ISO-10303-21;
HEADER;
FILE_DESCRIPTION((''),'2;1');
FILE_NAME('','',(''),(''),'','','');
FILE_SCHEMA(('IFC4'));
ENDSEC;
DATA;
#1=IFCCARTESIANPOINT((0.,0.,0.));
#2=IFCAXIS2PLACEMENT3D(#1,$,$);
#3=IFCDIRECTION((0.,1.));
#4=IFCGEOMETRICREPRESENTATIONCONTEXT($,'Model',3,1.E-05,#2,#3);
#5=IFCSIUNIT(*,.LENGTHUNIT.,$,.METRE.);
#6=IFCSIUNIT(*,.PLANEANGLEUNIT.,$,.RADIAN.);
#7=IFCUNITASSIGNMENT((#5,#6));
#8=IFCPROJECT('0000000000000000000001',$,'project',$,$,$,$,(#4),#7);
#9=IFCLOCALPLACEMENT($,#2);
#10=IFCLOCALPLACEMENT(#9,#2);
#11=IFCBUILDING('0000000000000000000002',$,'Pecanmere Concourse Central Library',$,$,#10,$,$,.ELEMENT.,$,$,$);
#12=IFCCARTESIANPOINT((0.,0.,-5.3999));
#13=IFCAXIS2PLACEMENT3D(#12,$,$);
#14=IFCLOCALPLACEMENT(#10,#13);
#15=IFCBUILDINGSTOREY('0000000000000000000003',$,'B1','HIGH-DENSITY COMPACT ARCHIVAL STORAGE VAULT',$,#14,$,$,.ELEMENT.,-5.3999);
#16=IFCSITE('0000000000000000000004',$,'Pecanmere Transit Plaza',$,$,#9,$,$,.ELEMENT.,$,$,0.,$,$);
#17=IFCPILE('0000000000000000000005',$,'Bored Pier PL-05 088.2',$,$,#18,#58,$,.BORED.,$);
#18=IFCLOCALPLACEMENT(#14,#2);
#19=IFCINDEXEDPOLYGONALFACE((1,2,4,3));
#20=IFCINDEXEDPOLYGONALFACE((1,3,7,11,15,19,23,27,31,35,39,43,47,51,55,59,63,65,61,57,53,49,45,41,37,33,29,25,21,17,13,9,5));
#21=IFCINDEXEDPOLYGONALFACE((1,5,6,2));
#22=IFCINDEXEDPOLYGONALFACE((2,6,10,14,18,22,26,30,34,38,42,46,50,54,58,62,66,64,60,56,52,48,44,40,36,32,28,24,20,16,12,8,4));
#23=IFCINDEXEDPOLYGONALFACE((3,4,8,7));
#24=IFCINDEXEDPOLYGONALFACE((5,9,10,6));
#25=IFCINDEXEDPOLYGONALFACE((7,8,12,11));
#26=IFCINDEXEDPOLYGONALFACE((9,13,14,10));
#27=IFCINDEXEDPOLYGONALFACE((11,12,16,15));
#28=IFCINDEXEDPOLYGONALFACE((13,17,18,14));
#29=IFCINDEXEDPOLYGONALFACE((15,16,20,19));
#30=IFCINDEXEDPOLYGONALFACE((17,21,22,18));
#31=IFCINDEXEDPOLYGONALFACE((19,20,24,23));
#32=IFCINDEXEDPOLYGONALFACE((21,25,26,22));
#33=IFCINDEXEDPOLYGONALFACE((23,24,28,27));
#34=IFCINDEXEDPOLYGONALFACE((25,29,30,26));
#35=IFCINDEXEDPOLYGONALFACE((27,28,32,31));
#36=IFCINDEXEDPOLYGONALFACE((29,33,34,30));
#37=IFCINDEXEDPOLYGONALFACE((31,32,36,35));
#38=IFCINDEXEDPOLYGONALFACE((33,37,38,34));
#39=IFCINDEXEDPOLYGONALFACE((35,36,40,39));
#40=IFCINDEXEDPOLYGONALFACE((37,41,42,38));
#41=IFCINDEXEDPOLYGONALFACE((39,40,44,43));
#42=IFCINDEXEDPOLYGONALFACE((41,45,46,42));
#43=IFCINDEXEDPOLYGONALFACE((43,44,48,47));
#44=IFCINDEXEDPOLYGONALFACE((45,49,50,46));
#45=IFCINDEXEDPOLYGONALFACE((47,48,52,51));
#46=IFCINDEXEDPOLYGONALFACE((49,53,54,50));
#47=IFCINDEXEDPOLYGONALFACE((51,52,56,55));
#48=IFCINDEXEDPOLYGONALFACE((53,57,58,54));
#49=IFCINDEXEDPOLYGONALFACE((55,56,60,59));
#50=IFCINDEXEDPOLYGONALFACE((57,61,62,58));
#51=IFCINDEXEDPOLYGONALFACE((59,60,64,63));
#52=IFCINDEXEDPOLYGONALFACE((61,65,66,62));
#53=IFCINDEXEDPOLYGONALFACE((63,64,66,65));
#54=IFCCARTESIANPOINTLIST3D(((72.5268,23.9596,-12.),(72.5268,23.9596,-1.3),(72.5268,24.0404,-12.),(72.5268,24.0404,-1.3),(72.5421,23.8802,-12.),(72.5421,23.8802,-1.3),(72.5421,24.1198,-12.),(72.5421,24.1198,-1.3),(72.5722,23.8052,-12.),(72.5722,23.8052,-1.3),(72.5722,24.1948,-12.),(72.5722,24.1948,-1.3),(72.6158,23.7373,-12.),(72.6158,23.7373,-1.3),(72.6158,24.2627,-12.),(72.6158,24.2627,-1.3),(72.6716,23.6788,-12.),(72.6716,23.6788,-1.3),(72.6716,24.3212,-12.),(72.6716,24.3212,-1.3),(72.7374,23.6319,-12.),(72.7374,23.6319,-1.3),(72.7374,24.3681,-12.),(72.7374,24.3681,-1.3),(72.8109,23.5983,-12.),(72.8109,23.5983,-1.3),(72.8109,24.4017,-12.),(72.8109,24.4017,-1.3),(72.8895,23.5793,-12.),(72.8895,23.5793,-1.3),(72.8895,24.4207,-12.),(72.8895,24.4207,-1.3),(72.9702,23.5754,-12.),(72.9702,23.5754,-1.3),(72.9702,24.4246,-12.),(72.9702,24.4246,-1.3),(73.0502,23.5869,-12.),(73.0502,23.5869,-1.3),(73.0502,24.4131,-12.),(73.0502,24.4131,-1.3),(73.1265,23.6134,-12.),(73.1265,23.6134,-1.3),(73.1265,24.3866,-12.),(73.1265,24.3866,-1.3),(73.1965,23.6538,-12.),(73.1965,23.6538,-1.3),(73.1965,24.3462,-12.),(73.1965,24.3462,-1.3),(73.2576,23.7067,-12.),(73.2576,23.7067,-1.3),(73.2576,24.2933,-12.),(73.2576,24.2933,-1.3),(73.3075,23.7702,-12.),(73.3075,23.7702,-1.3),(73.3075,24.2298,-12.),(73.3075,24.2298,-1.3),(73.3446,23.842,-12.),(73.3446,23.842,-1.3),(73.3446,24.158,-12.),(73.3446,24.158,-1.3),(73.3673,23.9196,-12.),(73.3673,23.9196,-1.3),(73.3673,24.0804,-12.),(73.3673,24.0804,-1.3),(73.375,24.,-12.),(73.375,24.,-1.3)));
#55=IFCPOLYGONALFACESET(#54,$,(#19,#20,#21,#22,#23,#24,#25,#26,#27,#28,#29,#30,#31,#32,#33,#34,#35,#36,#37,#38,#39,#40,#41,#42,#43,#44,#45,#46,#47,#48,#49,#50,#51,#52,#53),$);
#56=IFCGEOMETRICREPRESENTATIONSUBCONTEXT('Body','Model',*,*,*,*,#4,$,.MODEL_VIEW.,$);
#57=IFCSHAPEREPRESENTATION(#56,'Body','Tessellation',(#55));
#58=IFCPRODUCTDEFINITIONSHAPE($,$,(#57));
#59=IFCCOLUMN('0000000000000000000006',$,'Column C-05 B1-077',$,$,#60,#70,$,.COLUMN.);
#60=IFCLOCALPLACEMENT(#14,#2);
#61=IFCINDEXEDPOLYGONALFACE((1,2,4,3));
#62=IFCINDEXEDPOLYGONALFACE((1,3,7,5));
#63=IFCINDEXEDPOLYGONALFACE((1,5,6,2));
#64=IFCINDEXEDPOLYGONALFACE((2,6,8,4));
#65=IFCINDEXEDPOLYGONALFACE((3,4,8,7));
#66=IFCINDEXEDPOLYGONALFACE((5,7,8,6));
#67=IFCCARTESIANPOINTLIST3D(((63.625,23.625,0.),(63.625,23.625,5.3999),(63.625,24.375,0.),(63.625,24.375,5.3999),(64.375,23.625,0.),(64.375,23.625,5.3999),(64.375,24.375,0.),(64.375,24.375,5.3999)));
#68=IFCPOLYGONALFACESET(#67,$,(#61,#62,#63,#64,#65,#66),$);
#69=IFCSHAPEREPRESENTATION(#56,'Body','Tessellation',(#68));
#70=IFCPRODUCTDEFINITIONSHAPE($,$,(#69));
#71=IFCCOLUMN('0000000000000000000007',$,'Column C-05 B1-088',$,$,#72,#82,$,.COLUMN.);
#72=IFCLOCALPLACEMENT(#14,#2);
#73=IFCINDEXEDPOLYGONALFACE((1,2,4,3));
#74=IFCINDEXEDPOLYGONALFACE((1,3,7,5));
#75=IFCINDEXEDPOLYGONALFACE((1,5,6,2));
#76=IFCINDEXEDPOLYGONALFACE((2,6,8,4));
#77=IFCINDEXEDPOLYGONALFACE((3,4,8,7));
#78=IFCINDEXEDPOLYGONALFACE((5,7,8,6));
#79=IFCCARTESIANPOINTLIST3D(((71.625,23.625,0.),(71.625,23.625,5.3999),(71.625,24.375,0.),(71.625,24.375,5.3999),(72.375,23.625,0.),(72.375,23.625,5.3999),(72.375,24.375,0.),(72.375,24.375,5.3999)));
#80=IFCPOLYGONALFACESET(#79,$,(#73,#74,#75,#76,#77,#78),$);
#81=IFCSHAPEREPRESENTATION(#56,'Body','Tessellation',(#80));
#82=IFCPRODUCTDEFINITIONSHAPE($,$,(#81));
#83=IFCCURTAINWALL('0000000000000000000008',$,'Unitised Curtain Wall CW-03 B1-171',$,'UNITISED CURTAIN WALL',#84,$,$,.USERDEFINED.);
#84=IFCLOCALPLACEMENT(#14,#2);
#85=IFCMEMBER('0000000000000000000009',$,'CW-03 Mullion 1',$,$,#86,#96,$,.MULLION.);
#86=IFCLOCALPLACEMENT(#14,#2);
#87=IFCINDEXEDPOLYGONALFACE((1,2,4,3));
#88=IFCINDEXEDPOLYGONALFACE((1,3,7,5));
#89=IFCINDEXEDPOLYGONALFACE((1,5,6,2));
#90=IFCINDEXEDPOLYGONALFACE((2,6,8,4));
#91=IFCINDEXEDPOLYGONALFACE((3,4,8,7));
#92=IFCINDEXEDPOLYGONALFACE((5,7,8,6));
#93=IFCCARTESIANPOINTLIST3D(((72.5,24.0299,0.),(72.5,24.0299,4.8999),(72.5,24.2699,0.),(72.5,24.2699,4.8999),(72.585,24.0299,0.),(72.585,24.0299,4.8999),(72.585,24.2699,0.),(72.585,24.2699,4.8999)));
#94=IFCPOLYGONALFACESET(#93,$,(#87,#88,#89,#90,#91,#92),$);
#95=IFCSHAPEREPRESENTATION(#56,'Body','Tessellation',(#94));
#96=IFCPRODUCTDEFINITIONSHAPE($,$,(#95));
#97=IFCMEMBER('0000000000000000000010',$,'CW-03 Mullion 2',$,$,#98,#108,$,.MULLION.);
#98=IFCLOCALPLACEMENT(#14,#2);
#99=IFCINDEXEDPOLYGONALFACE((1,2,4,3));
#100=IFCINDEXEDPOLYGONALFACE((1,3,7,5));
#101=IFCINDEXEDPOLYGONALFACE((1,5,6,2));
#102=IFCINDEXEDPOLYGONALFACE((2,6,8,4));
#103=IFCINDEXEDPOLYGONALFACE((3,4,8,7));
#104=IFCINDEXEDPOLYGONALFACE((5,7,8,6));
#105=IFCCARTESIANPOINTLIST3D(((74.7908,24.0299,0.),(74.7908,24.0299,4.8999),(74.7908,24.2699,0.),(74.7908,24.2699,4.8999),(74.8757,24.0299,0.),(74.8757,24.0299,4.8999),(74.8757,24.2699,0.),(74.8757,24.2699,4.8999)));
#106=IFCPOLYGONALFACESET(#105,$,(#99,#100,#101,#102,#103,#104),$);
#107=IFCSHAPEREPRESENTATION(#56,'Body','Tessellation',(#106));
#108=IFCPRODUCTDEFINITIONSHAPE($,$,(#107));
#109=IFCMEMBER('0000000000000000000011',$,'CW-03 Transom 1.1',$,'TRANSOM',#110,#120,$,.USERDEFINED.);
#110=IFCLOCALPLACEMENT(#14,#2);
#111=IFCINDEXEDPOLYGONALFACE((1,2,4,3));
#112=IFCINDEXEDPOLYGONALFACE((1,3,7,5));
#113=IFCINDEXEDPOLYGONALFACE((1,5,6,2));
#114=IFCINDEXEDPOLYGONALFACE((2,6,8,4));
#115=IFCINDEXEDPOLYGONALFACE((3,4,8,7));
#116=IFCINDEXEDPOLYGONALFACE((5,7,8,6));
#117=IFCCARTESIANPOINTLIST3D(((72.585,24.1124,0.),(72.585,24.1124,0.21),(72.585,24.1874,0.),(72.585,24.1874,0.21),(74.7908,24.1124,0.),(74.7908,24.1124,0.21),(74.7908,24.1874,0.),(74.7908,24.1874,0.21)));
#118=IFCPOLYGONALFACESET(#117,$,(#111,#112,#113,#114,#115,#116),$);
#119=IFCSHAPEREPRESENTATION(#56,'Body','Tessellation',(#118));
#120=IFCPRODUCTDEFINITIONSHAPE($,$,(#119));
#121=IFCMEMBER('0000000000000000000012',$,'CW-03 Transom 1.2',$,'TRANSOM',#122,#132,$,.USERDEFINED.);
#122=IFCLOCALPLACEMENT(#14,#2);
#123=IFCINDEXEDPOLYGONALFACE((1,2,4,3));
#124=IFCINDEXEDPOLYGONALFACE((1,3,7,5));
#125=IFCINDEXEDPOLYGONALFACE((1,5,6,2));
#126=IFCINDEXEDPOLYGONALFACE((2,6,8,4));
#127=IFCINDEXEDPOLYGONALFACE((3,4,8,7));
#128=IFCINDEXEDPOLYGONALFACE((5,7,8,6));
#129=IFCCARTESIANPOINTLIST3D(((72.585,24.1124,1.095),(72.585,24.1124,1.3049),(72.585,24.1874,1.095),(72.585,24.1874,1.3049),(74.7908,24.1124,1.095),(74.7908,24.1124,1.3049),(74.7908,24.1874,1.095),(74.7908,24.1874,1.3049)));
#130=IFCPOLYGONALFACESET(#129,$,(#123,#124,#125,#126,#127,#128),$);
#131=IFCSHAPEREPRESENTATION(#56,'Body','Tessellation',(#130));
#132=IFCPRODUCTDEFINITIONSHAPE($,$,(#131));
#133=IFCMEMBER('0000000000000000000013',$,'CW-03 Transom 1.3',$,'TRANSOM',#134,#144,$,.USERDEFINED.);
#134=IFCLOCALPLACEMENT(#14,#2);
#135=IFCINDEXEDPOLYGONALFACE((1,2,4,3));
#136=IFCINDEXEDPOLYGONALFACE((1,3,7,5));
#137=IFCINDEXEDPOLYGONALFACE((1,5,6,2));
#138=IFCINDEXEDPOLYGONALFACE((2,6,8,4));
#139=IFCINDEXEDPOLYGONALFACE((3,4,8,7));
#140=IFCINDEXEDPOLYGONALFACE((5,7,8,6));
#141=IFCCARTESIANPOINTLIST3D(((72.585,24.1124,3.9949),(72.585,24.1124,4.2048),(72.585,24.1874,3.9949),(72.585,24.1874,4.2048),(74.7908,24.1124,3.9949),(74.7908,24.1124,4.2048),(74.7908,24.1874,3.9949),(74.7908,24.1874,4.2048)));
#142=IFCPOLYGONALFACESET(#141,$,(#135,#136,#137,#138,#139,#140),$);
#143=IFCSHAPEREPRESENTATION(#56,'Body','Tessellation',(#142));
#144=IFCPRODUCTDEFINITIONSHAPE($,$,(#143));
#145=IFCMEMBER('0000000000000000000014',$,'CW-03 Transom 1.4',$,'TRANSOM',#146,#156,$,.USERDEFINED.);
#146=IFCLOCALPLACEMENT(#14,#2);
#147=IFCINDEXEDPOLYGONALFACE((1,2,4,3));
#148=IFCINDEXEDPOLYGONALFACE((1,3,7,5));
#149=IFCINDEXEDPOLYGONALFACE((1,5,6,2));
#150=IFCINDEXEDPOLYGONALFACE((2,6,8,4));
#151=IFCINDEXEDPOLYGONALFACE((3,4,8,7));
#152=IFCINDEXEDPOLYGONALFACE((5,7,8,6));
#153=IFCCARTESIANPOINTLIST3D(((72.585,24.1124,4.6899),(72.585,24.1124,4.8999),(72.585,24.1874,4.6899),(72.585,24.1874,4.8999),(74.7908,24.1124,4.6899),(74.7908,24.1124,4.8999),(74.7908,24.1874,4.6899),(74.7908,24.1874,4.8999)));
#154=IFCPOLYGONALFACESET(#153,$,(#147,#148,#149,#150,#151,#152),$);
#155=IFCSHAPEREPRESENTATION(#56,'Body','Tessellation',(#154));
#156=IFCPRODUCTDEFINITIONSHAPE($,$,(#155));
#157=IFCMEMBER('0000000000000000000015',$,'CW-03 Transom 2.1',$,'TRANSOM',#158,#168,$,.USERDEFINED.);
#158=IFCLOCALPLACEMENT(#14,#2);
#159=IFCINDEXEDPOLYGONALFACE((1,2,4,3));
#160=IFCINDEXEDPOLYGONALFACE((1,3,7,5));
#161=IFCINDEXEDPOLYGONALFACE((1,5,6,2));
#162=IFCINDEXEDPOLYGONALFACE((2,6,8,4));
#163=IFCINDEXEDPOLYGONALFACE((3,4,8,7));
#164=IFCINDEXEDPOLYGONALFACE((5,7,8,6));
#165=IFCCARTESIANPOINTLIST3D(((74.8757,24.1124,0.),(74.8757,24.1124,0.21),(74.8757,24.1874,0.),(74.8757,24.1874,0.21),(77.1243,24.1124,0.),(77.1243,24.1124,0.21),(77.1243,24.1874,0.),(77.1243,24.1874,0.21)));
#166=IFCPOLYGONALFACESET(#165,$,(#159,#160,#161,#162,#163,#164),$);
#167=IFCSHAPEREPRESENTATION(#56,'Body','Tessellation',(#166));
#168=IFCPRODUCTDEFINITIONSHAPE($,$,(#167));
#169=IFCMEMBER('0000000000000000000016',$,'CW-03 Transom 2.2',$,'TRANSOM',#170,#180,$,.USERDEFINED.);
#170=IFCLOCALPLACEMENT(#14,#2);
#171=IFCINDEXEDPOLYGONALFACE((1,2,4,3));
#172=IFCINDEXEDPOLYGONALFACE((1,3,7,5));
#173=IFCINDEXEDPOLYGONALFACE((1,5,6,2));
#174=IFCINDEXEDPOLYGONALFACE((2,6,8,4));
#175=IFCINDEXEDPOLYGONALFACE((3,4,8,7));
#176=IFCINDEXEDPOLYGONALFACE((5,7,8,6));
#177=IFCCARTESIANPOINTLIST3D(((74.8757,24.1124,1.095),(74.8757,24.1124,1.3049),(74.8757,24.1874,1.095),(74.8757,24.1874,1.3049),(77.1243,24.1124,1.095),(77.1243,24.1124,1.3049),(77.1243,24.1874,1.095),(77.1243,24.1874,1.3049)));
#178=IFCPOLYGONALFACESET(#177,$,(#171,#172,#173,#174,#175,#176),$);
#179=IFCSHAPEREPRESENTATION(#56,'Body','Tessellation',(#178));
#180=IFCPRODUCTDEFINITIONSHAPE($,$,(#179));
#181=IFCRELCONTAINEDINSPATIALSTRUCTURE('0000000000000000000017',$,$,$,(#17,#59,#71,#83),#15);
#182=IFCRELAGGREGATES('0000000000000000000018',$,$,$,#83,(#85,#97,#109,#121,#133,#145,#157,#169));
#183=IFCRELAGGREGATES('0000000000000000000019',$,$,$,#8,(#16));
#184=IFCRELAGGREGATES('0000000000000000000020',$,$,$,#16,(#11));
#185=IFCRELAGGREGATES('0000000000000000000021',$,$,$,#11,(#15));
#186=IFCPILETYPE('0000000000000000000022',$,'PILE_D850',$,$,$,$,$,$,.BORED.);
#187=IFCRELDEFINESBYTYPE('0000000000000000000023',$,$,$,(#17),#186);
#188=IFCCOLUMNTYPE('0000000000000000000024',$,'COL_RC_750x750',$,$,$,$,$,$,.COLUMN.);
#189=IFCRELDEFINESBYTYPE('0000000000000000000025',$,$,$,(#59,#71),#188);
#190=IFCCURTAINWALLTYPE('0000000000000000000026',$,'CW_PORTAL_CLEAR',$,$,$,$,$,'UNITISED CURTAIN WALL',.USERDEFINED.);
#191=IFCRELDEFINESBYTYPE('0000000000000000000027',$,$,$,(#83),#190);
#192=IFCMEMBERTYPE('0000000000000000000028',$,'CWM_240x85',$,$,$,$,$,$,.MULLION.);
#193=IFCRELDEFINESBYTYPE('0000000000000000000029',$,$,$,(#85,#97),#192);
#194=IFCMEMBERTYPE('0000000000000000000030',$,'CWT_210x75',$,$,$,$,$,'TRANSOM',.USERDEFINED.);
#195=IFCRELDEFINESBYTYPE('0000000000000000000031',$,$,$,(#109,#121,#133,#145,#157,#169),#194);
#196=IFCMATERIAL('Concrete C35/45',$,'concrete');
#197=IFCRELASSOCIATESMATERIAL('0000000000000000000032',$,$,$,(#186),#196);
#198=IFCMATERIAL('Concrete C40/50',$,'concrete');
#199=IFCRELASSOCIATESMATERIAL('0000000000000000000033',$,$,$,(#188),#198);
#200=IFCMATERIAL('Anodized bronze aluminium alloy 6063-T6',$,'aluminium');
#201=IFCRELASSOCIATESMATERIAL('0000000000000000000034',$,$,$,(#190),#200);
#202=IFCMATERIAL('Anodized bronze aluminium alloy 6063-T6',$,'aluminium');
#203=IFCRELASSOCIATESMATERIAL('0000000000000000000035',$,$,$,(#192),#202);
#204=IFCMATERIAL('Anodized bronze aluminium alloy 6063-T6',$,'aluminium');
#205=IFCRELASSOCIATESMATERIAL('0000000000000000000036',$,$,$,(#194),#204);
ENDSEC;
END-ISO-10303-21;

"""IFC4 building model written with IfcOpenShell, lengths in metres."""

from ifc_helpers import new_model, si_unit, direction, frame, origin, origin_2d, place, context, subcontext, project, spatial, rectangle, circle, extrude, material, material_profile, profile_set, type_object, element, aggregate, save


model = new_model("IFC4")

# Units and contexts
model_context = context("Model", 3, precision=1e-05, world=origin(), true_north=direction((0.0, 1.0)))
body_context = subcontext(model_context, "Body", "Model", "MODEL_VIEW")
ifc_project = project(units=[si_unit("LENGTHUNIT", "METRE"), si_unit("PLANEANGLEUNIT", "RADIAN")], contexts=[model_context])

# Site, building, storey
site_placement = place(None, origin())
site = spatial("IfcSite", under=ifc_project, at=site_placement, Name="Pecanmere Transit Plaza", CompositionType="ELEMENT", RefElevation=0.0)
building_placement = place(site_placement, origin())
building = spatial("IfcBuilding", under=site, at=building_placement, Name="Pecanmere Concourse Central Library", CompositionType="ELEMENT")
storey_placement = place(building_placement, frame((0.0, 0.0, -5.3999)))
storey = spatial("IfcBuildingStorey", under=building, at=storey_placement, Name="B1", Description="HIGH-DENSITY COMPACT ARCHIVAL STORAGE VAULT", CompositionType="ELEMENT", Elevation=-5.3999)

# Pile
ifc_material_1 = material(Name="Concrete C35/45", Category="concrete")
ifc_material_profile_1 = material_profile(ifc_material_1, circle(Radius=0.425, at=origin_2d()), Name="PIER D850")
ifc_profile_set_1 = profile_set([ifc_material_profile_1], Name="Concrete C35/45")
pile_type = type_object("IfcPileType", Name="PILE_D850", PredefinedType="BORED", material=ifc_profile_set_1)
for number, where, z_axis, x_axis, name in (
    (1, (72.95, 24.0, -1.3), (0.0, 0.0, -1.0), (1.0, 0.0, 0.0), "Bored Pier PL-05 088.2"),
):
    element("IfcPile", number, at=place(storey_placement, frame(where, z_axis=z_axis, x_axis=x_axis)), inside=storey, type_object=pile_type, Name=name, PredefinedType="BORED", context=body_context, shape_type="SweptSolid", body=[
        extrude(circle(Radius=0.425, at=origin_2d()), origin(), (0.0, 0.0, 1.0), 10.7),
    ])

# Columns
ifc_material_2 = material(Name="Concrete C40/50", Category="concrete")
ifc_material_profile_2 = material_profile(ifc_material_2, rectangle(XDim=0.75, YDim=0.75, at=origin_2d()), Name="RC 750x750")
ifc_profile_set_2 = profile_set([ifc_material_profile_2], Name="Concrete C40/50")
column_type = type_object("IfcColumnType", Name="COL_RC_750x750", PredefinedType="COLUMN", material=ifc_profile_set_2)
for number, where, z_axis, x_axis, name in (
    (2, (64.0, 24.0, 0.0), (0.0, 0.0, 1.0), (1.0, 0.0, 0.0), "Column C-05 B1-077"),
    (3, (72.0, 24.0, 0.0), (0.0, 0.0, 1.0), (1.0, 0.0, 0.0), "Column C-05 B1-088"),
):
    element("IfcColumn", number, at=place(storey_placement, frame(where, z_axis=z_axis, x_axis=x_axis)), inside=storey, type_object=column_type, Name=name, PredefinedType="COLUMN", context=body_context, shape_type="SweptSolid", body=[
        extrude(rectangle(XDim=0.75, YDim=0.75, at=origin_2d()), origin(), (0.0, 0.0, 1.0), 5.3999),
    ])

# Curtain wall, members
ifc_material_3 = material(Name="Anodized bronze aluminium alloy 6063-T6", Category="aluminium")
curtain_wall_type = type_object("IfcCurtainWallType", Name="CW_PORTAL_CLEAR", ElementType="UNITISED CURTAIN WALL", PredefinedType="USERDEFINED", material=ifc_material_3)
curtain_wall_placement = place(storey_placement, origin())
curtain_wall = element("IfcCurtainWall", 4, at=curtain_wall_placement, inside=storey, type_object=curtain_wall_type, Name="Unitised Curtain Wall CW-03 B1-171", ObjectType="UNITISED CURTAIN WALL", PredefinedType="USERDEFINED")
ifc_material_4 = material(Name="Anodized bronze aluminium alloy 6063-T6", Category="aluminium")
ifc_material_profile_3 = material_profile(ifc_material_4, rectangle(XDim=0.085, YDim=0.24, at=origin_2d()), Name="AL 85x240")
ifc_profile_set_3 = profile_set([ifc_material_profile_3], Name="Anodized bronze aluminium alloy 6063-T6")
member_type_1 = type_object("IfcMemberType", Name="CWM_240x85", PredefinedType="MULLION", material=ifc_profile_set_3)
member_1_placement = place(storey_placement, frame((72.5425, 24.1499, 0.0), z_axis=(0.0, 0.0, 1.0), x_axis=(1.0, 0.0, 0.0)))
member_1 = element("IfcMember", 5, at=member_1_placement, type_object=member_type_1, Name="CW-03 Mullion 1", PredefinedType="MULLION", context=body_context, shape_type="SweptSolid", body=[
    extrude(rectangle(XDim=0.085, YDim=0.24, at=origin_2d()), origin(), (0.0, 0.0, 1.0), 4.8999),
])
member_2_placement = place(storey_placement, frame((74.8333, 24.1499, 0.0), z_axis=(0.0, 0.0, 1.0), x_axis=(1.0, 0.0, 0.0)))
member_2 = element("IfcMember", 6, at=member_2_placement, type_object=member_type_1, Name="CW-03 Mullion 2", PredefinedType="MULLION", context=body_context, shape_type="SweptSolid", body=[
    extrude(rectangle(XDim=0.085, YDim=0.24, at=origin_2d()), origin(), (0.0, 0.0, 1.0), 4.8999),
])
ifc_material_5 = material(Name="Anodized bronze aluminium alloy 6063-T6", Category="aluminium")
ifc_material_profile_4 = material_profile(ifc_material_5, rectangle(XDim=0.075, YDim=0.21, at=origin_2d()), Name="AL 75x210")
ifc_profile_set_4 = profile_set([ifc_material_profile_4], Name="Anodized bronze aluminium alloy 6063-T6")
member_type_2 = type_object("IfcMemberType", Name="CWT_210x75", ElementType="TRANSOM", PredefinedType="USERDEFINED", material=ifc_profile_set_4)
member_3_placement = place(storey_placement, frame((72.585, 24.1499, 0.105), z_axis=(1.0, 0.0, 0.0), x_axis=(0.0, 1.0, 0.0)))
member_3 = element("IfcMember", 7, at=member_3_placement, type_object=member_type_2, Name="CW-03 Transom 1.1", ObjectType="TRANSOM", PredefinedType="USERDEFINED", context=body_context, shape_type="SweptSolid", body=[
    extrude(rectangle(XDim=0.075, YDim=0.21, at=origin_2d()), origin(), (0.0, 0.0, 1.0), 2.2058),
])
member_4_placement = place(storey_placement, frame((72.585, 24.1499, 1.2), z_axis=(1.0, 0.0, 0.0), x_axis=(0.0, 1.0, 0.0)))
member_4 = element("IfcMember", 8, at=member_4_placement, type_object=member_type_2, Name="CW-03 Transom 1.2", ObjectType="TRANSOM", PredefinedType="USERDEFINED", context=body_context, shape_type="SweptSolid", body=[
    extrude(rectangle(XDim=0.075, YDim=0.21, at=origin_2d()), origin(), (0.0, 0.0, 1.0), 2.2058),
])
member_5_placement = place(storey_placement, frame((72.585, 24.1499, 4.0999), z_axis=(1.0, 0.0, 0.0), x_axis=(0.0, 1.0, 0.0)))
member_5 = element("IfcMember", 9, at=member_5_placement, type_object=member_type_2, Name="CW-03 Transom 1.3", ObjectType="TRANSOM", PredefinedType="USERDEFINED", context=body_context, shape_type="SweptSolid", body=[
    extrude(rectangle(XDim=0.075, YDim=0.21, at=origin_2d()), origin(), (0.0, 0.0, 1.0), 2.2058),
])
member_6_placement = place(storey_placement, frame((72.585, 24.1499, 4.7949), z_axis=(1.0, 0.0, 0.0), x_axis=(0.0, 1.0, 0.0)))
member_6 = element("IfcMember", 10, at=member_6_placement, type_object=member_type_2, Name="CW-03 Transom 1.4", ObjectType="TRANSOM", PredefinedType="USERDEFINED", context=body_context, shape_type="SweptSolid", body=[
    extrude(rectangle(XDim=0.075, YDim=0.21, at=origin_2d()), origin(), (0.0, 0.0, 1.0), 2.2058),
])
member_7_placement = place(storey_placement, frame((74.8757, 24.1499, 0.105), z_axis=(1.0, 0.0, 0.0), x_axis=(0.0, 1.0, 0.0)))
member_7 = element("IfcMember", 11, at=member_7_placement, type_object=member_type_2, Name="CW-03 Transom 2.1", ObjectType="TRANSOM", PredefinedType="USERDEFINED", context=body_context, shape_type="SweptSolid", body=[
    extrude(rectangle(XDim=0.075, YDim=0.21, at=origin_2d()), origin(), (0.0, 0.0, 1.0), 2.2485),
])
member_8_placement = place(storey_placement, frame((74.8757, 24.1499, 1.2), z_axis=(1.0, 0.0, 0.0), x_axis=(0.0, 1.0, 0.0)))
member_8 = element("IfcMember", 12, at=member_8_placement, type_object=member_type_2, Name="CW-03 Transom 2.2", ObjectType="TRANSOM", PredefinedType="USERDEFINED", context=body_context, shape_type="SweptSolid", body=[
    extrude(rectangle(XDim=0.075, YDim=0.21, at=origin_2d()), origin(), (0.0, 0.0, 1.0), 2.2485),
])

aggregate(curtain_wall, [member_1, member_2, member_3, member_4, member_5, member_6, member_7, member_8])

save(model, "model.ifc")
